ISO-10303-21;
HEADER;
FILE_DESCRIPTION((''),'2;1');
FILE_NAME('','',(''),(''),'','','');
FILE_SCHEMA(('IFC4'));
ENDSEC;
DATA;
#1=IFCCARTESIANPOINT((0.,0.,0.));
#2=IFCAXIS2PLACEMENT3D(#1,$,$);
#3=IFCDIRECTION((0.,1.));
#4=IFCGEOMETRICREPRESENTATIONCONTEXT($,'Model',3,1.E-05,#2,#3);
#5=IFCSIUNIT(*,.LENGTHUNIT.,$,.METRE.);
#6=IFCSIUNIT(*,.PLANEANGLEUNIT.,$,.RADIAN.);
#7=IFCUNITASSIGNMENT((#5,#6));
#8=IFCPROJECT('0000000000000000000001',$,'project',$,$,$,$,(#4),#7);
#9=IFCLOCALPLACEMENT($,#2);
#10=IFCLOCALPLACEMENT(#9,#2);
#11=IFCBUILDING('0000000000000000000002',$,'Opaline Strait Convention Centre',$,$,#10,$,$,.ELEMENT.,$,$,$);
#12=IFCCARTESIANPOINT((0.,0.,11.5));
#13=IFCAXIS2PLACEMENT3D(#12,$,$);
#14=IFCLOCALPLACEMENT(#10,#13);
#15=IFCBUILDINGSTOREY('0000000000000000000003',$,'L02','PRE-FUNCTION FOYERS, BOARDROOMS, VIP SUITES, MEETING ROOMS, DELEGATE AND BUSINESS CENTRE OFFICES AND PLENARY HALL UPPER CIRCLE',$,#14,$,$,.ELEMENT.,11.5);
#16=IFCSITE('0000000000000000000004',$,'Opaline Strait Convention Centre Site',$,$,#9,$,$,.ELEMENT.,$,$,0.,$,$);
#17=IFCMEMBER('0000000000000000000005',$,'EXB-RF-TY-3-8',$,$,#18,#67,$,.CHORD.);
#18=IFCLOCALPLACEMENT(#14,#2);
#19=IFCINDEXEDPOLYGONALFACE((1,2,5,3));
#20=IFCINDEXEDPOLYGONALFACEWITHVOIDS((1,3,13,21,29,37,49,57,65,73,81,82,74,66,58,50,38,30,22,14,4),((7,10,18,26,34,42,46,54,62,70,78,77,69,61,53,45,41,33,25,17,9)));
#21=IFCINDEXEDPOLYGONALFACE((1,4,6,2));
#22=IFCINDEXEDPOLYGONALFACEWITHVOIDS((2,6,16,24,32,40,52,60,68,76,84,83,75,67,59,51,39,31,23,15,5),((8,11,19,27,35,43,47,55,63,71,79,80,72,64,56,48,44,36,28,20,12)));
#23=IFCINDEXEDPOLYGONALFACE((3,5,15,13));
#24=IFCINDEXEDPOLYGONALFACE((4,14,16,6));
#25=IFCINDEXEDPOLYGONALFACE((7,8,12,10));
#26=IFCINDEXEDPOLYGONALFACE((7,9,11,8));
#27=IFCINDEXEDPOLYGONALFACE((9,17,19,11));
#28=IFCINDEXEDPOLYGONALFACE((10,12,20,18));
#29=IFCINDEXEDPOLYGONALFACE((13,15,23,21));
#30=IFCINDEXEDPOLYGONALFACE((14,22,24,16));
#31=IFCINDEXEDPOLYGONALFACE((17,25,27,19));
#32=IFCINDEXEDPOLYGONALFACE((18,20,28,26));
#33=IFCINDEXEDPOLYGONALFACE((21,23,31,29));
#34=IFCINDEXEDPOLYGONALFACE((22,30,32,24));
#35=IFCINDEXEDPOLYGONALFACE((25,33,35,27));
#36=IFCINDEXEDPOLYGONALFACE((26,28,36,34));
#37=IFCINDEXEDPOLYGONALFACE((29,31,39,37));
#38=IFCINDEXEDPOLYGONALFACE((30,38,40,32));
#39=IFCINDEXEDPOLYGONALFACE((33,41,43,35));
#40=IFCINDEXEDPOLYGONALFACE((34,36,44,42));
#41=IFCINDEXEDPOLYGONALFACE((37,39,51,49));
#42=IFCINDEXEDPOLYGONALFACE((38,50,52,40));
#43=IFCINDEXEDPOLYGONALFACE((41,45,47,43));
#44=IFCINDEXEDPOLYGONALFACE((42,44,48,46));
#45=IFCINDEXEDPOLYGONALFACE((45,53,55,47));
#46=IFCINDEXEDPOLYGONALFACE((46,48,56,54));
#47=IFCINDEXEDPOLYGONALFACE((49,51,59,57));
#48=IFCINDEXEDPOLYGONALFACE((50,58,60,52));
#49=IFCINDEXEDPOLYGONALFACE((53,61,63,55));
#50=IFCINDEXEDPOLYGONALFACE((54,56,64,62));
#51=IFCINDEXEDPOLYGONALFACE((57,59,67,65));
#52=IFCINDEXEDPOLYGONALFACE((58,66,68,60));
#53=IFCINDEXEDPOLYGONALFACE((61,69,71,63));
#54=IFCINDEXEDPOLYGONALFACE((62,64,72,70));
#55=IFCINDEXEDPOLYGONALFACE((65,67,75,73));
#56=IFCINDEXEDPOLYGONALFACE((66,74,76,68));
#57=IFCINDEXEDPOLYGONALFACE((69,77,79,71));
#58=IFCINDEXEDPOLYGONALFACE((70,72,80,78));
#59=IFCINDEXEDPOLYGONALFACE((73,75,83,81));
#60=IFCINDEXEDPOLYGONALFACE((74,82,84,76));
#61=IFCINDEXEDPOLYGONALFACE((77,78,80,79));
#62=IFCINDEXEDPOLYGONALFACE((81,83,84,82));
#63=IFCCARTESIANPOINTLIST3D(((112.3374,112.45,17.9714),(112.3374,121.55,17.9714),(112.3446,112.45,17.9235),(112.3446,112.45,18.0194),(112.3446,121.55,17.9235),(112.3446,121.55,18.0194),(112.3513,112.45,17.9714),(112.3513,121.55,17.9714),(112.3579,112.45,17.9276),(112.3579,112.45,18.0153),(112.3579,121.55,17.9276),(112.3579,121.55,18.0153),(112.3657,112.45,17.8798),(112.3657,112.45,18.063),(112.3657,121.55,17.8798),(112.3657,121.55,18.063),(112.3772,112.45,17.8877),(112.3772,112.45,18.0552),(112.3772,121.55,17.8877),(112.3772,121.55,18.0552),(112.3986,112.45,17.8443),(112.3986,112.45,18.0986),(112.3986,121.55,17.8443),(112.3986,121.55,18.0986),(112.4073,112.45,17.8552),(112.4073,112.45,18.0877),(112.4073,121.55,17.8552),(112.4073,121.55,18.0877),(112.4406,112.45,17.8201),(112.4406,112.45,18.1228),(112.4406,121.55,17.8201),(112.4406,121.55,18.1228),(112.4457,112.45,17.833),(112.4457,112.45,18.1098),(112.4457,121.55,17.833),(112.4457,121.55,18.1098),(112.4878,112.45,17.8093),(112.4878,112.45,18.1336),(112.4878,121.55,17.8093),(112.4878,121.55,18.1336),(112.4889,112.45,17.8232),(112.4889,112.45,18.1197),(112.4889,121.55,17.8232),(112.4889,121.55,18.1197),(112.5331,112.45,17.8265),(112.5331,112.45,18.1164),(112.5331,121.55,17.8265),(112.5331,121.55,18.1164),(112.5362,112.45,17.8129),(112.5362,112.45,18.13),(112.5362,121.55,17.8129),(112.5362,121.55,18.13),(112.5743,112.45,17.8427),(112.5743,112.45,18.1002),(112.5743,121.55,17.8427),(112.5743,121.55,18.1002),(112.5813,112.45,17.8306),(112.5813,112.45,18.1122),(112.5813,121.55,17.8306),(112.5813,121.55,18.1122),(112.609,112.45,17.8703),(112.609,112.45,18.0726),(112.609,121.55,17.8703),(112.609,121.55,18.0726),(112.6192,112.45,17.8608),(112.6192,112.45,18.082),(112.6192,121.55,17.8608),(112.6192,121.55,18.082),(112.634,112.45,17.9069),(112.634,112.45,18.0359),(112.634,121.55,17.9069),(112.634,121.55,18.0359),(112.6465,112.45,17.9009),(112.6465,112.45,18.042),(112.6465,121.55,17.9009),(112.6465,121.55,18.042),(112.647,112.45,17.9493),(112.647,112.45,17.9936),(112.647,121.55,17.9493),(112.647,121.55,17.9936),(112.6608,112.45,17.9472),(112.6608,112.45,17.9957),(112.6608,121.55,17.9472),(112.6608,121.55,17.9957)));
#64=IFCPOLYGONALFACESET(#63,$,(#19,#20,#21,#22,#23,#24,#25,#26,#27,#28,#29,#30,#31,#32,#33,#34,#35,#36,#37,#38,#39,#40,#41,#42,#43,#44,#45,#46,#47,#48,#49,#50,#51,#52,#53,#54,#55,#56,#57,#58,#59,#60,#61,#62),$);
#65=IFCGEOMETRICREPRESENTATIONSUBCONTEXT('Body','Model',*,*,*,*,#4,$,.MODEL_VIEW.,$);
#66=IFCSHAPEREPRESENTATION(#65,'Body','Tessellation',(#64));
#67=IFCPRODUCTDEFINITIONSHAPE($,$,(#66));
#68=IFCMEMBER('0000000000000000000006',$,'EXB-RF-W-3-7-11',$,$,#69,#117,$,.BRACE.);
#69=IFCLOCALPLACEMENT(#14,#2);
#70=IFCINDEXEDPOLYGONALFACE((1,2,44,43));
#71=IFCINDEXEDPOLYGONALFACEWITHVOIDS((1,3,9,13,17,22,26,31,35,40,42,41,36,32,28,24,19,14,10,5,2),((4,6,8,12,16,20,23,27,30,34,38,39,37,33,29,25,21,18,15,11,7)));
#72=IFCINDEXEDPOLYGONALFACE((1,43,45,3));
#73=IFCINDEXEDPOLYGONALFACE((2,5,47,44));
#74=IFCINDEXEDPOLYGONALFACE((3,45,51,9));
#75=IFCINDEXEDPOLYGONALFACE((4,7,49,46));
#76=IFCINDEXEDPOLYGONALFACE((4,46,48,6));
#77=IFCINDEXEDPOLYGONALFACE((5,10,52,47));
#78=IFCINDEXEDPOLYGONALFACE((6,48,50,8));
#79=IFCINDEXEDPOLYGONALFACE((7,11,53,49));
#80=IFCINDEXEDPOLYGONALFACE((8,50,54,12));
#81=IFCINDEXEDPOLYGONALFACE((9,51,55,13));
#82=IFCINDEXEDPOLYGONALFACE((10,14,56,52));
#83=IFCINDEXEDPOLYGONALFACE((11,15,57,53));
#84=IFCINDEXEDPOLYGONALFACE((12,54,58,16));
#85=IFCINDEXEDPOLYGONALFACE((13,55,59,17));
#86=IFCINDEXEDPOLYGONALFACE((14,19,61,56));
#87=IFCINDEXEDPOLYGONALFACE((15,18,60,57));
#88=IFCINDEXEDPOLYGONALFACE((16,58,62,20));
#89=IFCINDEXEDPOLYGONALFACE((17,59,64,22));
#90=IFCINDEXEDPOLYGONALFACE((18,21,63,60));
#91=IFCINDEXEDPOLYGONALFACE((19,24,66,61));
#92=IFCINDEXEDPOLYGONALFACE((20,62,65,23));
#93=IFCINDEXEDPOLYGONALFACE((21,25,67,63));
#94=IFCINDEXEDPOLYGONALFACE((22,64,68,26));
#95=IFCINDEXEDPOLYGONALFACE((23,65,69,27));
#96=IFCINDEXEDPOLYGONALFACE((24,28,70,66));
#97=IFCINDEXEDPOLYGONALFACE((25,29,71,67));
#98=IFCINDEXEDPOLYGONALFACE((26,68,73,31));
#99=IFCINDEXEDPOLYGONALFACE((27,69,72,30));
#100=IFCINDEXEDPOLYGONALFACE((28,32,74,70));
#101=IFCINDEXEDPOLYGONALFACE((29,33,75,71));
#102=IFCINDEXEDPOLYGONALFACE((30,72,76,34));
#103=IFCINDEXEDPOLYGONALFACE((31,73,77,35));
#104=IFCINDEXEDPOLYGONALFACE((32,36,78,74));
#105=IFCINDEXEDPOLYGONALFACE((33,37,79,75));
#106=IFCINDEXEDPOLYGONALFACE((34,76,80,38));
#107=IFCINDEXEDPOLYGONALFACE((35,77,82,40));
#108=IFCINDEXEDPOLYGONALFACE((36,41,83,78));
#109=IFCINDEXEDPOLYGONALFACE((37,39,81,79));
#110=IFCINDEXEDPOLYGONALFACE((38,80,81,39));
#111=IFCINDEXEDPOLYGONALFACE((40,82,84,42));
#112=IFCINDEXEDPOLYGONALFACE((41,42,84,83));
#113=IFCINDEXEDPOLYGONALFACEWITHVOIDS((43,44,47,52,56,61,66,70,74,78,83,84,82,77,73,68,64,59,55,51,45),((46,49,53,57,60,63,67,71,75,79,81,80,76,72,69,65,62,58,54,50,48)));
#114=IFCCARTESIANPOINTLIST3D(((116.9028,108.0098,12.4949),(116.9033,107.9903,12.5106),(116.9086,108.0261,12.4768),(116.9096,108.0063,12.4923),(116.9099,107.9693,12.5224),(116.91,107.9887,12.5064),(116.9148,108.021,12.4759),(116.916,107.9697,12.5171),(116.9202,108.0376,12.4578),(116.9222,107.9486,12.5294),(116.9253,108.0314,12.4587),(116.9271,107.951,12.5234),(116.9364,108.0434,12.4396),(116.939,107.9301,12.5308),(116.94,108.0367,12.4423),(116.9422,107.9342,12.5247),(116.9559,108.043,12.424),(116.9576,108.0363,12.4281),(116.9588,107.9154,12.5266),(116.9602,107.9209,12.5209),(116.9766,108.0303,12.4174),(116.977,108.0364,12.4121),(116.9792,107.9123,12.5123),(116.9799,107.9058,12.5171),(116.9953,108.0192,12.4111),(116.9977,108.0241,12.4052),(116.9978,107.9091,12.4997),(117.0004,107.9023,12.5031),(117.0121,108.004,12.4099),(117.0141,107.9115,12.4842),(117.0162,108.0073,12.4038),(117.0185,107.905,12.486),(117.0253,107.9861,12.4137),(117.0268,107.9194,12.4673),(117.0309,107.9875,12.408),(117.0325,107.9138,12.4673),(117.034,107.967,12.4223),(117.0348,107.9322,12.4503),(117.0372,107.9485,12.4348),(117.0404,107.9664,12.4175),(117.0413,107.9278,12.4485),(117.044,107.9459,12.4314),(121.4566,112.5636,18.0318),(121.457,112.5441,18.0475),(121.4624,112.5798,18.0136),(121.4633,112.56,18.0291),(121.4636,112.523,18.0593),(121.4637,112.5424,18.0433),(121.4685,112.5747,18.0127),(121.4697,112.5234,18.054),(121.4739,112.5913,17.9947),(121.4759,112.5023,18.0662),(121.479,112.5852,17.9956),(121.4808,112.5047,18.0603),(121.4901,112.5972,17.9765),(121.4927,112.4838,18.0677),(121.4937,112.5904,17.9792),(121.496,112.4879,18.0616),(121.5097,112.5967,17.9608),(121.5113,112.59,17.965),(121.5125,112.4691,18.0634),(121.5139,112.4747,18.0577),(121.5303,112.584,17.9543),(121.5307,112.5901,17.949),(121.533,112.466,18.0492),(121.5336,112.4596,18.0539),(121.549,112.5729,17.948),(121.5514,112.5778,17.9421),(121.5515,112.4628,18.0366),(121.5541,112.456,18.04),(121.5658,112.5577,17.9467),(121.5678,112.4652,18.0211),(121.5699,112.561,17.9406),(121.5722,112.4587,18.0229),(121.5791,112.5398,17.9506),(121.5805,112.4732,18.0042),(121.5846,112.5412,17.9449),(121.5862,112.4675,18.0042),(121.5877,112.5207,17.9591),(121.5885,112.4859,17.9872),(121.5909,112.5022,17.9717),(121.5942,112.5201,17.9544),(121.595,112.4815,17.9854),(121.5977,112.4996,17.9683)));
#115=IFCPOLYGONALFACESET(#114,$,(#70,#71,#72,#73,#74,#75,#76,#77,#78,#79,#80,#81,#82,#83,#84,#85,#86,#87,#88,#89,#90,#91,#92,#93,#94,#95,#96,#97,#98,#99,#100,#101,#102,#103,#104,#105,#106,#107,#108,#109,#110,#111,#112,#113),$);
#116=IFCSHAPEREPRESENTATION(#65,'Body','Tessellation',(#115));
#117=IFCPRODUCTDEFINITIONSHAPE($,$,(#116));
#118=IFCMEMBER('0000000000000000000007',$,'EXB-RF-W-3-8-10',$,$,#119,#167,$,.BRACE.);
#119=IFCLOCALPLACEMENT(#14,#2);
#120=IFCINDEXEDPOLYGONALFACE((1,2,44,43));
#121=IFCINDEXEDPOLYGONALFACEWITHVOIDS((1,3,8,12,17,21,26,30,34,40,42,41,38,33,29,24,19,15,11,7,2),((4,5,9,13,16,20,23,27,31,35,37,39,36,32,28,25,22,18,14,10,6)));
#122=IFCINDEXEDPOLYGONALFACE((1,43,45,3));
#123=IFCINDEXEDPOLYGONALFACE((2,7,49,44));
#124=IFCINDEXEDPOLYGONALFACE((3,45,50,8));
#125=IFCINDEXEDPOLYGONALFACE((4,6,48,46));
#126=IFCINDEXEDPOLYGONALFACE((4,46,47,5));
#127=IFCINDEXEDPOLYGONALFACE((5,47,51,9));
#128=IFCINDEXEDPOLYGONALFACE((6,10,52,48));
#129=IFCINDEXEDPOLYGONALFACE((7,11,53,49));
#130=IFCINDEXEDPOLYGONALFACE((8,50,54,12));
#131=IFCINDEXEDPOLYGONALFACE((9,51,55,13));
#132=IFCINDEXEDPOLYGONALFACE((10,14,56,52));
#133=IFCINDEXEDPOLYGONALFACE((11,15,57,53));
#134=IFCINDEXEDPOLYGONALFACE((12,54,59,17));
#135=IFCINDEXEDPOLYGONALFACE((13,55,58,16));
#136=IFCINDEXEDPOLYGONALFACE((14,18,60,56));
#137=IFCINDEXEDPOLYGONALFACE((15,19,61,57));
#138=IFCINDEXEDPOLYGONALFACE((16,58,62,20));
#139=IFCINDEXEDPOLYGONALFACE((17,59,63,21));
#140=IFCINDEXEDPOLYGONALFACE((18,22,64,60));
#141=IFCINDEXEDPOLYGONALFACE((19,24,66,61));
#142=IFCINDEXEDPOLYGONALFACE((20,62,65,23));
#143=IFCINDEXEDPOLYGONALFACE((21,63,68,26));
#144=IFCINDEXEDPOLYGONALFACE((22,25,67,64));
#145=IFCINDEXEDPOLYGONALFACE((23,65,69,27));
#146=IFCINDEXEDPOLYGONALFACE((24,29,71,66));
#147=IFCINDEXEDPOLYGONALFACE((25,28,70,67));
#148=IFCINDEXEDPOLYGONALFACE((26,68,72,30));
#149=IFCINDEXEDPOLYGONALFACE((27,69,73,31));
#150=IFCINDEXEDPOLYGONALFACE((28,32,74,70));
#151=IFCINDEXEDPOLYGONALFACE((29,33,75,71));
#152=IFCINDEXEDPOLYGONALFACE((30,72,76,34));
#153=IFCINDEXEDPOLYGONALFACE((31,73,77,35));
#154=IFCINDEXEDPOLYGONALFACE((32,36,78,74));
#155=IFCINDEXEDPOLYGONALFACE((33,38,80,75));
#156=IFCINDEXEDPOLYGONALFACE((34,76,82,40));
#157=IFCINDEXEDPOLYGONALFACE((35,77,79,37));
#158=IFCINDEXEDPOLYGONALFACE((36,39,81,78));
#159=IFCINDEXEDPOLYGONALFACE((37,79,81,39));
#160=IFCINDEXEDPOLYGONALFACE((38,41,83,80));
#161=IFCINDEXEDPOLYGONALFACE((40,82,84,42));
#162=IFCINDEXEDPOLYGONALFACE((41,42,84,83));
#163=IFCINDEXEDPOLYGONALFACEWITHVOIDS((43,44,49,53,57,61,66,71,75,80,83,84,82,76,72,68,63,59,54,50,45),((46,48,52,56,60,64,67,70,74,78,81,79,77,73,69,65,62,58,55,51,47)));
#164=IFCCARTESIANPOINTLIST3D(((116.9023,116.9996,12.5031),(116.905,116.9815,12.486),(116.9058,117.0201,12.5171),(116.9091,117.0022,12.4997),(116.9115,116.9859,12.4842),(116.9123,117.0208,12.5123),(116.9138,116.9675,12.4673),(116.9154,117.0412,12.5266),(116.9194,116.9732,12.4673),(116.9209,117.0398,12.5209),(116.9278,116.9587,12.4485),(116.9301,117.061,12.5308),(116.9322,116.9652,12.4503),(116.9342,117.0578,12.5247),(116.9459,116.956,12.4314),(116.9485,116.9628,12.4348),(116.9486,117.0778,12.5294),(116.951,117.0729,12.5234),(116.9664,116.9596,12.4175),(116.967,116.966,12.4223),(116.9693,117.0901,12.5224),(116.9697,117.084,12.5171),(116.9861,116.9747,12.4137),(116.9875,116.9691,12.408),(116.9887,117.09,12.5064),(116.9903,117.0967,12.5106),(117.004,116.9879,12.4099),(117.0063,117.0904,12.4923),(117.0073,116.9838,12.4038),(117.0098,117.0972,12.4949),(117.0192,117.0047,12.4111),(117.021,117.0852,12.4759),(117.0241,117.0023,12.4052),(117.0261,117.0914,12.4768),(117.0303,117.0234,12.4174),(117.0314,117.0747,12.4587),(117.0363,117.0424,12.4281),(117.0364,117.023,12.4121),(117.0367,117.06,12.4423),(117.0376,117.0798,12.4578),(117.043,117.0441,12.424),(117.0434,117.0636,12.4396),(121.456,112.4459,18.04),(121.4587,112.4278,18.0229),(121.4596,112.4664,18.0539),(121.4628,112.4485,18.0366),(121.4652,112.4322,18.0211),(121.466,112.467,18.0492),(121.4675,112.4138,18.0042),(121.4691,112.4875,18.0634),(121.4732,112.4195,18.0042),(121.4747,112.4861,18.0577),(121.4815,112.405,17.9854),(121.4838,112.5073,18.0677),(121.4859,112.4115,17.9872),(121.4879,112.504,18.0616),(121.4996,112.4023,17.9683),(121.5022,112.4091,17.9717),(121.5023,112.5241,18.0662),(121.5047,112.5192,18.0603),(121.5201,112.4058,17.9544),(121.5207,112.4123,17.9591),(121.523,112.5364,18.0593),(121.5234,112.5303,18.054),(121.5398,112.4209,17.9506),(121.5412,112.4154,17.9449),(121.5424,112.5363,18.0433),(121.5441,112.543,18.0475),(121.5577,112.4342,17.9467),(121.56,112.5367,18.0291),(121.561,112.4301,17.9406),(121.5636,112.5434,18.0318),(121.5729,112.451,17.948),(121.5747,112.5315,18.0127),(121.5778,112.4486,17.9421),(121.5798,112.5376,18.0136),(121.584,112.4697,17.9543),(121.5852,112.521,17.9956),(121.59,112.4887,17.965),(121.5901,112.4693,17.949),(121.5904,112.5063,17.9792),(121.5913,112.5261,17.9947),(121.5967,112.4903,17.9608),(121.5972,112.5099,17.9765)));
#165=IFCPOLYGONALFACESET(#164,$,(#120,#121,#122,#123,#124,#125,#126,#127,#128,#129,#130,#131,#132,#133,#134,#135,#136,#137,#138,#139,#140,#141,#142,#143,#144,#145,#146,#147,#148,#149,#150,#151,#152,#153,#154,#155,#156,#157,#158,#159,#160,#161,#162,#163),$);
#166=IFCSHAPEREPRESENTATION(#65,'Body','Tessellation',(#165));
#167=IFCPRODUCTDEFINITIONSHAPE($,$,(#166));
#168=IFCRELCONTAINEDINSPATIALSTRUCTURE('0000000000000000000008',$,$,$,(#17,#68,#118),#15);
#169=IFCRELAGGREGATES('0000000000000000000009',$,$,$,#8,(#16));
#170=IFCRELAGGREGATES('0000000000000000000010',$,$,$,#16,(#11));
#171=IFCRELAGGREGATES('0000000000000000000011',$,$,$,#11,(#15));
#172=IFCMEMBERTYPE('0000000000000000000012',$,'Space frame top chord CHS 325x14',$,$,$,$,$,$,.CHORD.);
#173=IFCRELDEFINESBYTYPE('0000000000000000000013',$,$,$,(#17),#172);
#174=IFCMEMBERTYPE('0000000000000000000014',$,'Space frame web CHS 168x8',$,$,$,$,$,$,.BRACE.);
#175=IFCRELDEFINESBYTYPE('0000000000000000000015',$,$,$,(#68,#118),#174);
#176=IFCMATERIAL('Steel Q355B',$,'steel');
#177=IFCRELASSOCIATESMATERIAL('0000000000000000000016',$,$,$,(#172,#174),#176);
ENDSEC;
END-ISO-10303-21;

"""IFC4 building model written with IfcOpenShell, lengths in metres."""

from ifc_helpers import new_model, si_unit, direction, frame, origin, origin_2d, place, context, subcontext, project, spatial, hollow_circle, extrude, material, material_profile, profile_set, type_object, element, save


model = new_model("IFC4")

# Units and contexts
model_context = context("Model", 3, precision=1e-05, world=origin(), true_north=direction((0.0, 1.0)))
body_context = subcontext(model_context, "Body", "Model", "MODEL_VIEW")
ifc_project = project(units=[si_unit("LENGTHUNIT", "METRE"), si_unit("PLANEANGLEUNIT", "RADIAN")], contexts=[model_context])

# Site, building, storey
site_placement = place(None, origin())
site = spatial("IfcSite", under=ifc_project, at=site_placement, Name="Opaline Strait Convention Centre Site", CompositionType="ELEMENT", RefElevation=0.0)
building_placement = place(site_placement, origin())
building = spatial("IfcBuilding", under=site, at=building_placement, Name="Opaline Strait Convention Centre", CompositionType="ELEMENT")
storey_placement = place(building_placement, frame((0.0, 0.0, 11.5)))
storey = spatial("IfcBuildingStorey", under=building, at=storey_placement, Name="L02", Description="PRE-FUNCTION FOYERS, BOARDROOMS, VIP SUITES, MEETING ROOMS, DELEGATE AND BUSINESS CENTRE OFFICES AND PLENARY HALL UPPER CIRCLE", CompositionType="ELEMENT", Elevation=11.5)

# Members
ifc_material = material(Name="Steel Q355B", Category="steel")
ifc_material_profile_1 = material_profile(ifc_material, hollow_circle(Radius=0.1626, WallThickness=0.0139, at=origin_2d()), Name="CHS 325x14")
ifc_profile_set_1 = profile_set([ifc_material_profile_1], Name="Steel Q355B")
member_type_1 = type_object("IfcMemberType", Name="Space frame top chord CHS 325x14", PredefinedType="CHORD", material=ifc_profile_set_1)
for number, where, z_axis, x_axis, name in (
    (1, (112.5, 112.45, 17.9714), (0.0, 1.0, 0.0), (-1.0, 0.0, 0.0), "EXB-RF-TY-3-8"),
):
    element("IfcMember", number, at=place(storey_placement, frame(where, z_axis=z_axis, x_axis=x_axis)), inside=storey, type_object=member_type_1, Name=name, PredefinedType="CHORD", context=body_context, shape_type="SweptSolid", body=[
        extrude(hollow_circle(Radius=0.1626, WallThickness=0.0139, at=origin_2d()), origin(), (0.0, 0.0, 1.0), 9.1001),
    ])
ifc_material_profile_2 = material_profile(ifc_material, hollow_circle(Radius=0.084, WallThickness=0.0081, at=origin_2d()), Name="CHS 168x8")
ifc_profile_set_2 = profile_set([ifc_material_profile_2], Name="Steel Q355B")
member_type_2 = type_object("IfcMemberType", Name="Space frame web CHS 168x8", PredefinedType="BRACE", material=ifc_profile_set_2)
for number, where, z_axis, x_axis, name in (
    (2, (121.5269, 112.5269, 18.0042), (-0.536178, -0.536178, -0.65194), (0.707107, -0.707107, 0.0), "EXB-RF-W-3-7-11"),
    (3, (121.5269, 112.4731, 18.0042), (-0.536178, 0.536178, -0.65194), (-0.707107, -0.707107, 0.0), "EXB-RF-W-3-8-10"),
):
    element("IfcMember", number, at=place(storey_placement, frame(where, z_axis=z_axis, x_axis=x_axis)), inside=storey, type_object=member_type_2, Name=name, PredefinedType="BRACE", context=body_context, shape_type="SweptSolid", body=[
        extrude(hollow_circle(Radius=0.084, WallThickness=0.0081, at=origin_2d()), origin(), (0.0, 0.0, 1.0), 8.4929),
    ])

save(model, "model.ifc")
